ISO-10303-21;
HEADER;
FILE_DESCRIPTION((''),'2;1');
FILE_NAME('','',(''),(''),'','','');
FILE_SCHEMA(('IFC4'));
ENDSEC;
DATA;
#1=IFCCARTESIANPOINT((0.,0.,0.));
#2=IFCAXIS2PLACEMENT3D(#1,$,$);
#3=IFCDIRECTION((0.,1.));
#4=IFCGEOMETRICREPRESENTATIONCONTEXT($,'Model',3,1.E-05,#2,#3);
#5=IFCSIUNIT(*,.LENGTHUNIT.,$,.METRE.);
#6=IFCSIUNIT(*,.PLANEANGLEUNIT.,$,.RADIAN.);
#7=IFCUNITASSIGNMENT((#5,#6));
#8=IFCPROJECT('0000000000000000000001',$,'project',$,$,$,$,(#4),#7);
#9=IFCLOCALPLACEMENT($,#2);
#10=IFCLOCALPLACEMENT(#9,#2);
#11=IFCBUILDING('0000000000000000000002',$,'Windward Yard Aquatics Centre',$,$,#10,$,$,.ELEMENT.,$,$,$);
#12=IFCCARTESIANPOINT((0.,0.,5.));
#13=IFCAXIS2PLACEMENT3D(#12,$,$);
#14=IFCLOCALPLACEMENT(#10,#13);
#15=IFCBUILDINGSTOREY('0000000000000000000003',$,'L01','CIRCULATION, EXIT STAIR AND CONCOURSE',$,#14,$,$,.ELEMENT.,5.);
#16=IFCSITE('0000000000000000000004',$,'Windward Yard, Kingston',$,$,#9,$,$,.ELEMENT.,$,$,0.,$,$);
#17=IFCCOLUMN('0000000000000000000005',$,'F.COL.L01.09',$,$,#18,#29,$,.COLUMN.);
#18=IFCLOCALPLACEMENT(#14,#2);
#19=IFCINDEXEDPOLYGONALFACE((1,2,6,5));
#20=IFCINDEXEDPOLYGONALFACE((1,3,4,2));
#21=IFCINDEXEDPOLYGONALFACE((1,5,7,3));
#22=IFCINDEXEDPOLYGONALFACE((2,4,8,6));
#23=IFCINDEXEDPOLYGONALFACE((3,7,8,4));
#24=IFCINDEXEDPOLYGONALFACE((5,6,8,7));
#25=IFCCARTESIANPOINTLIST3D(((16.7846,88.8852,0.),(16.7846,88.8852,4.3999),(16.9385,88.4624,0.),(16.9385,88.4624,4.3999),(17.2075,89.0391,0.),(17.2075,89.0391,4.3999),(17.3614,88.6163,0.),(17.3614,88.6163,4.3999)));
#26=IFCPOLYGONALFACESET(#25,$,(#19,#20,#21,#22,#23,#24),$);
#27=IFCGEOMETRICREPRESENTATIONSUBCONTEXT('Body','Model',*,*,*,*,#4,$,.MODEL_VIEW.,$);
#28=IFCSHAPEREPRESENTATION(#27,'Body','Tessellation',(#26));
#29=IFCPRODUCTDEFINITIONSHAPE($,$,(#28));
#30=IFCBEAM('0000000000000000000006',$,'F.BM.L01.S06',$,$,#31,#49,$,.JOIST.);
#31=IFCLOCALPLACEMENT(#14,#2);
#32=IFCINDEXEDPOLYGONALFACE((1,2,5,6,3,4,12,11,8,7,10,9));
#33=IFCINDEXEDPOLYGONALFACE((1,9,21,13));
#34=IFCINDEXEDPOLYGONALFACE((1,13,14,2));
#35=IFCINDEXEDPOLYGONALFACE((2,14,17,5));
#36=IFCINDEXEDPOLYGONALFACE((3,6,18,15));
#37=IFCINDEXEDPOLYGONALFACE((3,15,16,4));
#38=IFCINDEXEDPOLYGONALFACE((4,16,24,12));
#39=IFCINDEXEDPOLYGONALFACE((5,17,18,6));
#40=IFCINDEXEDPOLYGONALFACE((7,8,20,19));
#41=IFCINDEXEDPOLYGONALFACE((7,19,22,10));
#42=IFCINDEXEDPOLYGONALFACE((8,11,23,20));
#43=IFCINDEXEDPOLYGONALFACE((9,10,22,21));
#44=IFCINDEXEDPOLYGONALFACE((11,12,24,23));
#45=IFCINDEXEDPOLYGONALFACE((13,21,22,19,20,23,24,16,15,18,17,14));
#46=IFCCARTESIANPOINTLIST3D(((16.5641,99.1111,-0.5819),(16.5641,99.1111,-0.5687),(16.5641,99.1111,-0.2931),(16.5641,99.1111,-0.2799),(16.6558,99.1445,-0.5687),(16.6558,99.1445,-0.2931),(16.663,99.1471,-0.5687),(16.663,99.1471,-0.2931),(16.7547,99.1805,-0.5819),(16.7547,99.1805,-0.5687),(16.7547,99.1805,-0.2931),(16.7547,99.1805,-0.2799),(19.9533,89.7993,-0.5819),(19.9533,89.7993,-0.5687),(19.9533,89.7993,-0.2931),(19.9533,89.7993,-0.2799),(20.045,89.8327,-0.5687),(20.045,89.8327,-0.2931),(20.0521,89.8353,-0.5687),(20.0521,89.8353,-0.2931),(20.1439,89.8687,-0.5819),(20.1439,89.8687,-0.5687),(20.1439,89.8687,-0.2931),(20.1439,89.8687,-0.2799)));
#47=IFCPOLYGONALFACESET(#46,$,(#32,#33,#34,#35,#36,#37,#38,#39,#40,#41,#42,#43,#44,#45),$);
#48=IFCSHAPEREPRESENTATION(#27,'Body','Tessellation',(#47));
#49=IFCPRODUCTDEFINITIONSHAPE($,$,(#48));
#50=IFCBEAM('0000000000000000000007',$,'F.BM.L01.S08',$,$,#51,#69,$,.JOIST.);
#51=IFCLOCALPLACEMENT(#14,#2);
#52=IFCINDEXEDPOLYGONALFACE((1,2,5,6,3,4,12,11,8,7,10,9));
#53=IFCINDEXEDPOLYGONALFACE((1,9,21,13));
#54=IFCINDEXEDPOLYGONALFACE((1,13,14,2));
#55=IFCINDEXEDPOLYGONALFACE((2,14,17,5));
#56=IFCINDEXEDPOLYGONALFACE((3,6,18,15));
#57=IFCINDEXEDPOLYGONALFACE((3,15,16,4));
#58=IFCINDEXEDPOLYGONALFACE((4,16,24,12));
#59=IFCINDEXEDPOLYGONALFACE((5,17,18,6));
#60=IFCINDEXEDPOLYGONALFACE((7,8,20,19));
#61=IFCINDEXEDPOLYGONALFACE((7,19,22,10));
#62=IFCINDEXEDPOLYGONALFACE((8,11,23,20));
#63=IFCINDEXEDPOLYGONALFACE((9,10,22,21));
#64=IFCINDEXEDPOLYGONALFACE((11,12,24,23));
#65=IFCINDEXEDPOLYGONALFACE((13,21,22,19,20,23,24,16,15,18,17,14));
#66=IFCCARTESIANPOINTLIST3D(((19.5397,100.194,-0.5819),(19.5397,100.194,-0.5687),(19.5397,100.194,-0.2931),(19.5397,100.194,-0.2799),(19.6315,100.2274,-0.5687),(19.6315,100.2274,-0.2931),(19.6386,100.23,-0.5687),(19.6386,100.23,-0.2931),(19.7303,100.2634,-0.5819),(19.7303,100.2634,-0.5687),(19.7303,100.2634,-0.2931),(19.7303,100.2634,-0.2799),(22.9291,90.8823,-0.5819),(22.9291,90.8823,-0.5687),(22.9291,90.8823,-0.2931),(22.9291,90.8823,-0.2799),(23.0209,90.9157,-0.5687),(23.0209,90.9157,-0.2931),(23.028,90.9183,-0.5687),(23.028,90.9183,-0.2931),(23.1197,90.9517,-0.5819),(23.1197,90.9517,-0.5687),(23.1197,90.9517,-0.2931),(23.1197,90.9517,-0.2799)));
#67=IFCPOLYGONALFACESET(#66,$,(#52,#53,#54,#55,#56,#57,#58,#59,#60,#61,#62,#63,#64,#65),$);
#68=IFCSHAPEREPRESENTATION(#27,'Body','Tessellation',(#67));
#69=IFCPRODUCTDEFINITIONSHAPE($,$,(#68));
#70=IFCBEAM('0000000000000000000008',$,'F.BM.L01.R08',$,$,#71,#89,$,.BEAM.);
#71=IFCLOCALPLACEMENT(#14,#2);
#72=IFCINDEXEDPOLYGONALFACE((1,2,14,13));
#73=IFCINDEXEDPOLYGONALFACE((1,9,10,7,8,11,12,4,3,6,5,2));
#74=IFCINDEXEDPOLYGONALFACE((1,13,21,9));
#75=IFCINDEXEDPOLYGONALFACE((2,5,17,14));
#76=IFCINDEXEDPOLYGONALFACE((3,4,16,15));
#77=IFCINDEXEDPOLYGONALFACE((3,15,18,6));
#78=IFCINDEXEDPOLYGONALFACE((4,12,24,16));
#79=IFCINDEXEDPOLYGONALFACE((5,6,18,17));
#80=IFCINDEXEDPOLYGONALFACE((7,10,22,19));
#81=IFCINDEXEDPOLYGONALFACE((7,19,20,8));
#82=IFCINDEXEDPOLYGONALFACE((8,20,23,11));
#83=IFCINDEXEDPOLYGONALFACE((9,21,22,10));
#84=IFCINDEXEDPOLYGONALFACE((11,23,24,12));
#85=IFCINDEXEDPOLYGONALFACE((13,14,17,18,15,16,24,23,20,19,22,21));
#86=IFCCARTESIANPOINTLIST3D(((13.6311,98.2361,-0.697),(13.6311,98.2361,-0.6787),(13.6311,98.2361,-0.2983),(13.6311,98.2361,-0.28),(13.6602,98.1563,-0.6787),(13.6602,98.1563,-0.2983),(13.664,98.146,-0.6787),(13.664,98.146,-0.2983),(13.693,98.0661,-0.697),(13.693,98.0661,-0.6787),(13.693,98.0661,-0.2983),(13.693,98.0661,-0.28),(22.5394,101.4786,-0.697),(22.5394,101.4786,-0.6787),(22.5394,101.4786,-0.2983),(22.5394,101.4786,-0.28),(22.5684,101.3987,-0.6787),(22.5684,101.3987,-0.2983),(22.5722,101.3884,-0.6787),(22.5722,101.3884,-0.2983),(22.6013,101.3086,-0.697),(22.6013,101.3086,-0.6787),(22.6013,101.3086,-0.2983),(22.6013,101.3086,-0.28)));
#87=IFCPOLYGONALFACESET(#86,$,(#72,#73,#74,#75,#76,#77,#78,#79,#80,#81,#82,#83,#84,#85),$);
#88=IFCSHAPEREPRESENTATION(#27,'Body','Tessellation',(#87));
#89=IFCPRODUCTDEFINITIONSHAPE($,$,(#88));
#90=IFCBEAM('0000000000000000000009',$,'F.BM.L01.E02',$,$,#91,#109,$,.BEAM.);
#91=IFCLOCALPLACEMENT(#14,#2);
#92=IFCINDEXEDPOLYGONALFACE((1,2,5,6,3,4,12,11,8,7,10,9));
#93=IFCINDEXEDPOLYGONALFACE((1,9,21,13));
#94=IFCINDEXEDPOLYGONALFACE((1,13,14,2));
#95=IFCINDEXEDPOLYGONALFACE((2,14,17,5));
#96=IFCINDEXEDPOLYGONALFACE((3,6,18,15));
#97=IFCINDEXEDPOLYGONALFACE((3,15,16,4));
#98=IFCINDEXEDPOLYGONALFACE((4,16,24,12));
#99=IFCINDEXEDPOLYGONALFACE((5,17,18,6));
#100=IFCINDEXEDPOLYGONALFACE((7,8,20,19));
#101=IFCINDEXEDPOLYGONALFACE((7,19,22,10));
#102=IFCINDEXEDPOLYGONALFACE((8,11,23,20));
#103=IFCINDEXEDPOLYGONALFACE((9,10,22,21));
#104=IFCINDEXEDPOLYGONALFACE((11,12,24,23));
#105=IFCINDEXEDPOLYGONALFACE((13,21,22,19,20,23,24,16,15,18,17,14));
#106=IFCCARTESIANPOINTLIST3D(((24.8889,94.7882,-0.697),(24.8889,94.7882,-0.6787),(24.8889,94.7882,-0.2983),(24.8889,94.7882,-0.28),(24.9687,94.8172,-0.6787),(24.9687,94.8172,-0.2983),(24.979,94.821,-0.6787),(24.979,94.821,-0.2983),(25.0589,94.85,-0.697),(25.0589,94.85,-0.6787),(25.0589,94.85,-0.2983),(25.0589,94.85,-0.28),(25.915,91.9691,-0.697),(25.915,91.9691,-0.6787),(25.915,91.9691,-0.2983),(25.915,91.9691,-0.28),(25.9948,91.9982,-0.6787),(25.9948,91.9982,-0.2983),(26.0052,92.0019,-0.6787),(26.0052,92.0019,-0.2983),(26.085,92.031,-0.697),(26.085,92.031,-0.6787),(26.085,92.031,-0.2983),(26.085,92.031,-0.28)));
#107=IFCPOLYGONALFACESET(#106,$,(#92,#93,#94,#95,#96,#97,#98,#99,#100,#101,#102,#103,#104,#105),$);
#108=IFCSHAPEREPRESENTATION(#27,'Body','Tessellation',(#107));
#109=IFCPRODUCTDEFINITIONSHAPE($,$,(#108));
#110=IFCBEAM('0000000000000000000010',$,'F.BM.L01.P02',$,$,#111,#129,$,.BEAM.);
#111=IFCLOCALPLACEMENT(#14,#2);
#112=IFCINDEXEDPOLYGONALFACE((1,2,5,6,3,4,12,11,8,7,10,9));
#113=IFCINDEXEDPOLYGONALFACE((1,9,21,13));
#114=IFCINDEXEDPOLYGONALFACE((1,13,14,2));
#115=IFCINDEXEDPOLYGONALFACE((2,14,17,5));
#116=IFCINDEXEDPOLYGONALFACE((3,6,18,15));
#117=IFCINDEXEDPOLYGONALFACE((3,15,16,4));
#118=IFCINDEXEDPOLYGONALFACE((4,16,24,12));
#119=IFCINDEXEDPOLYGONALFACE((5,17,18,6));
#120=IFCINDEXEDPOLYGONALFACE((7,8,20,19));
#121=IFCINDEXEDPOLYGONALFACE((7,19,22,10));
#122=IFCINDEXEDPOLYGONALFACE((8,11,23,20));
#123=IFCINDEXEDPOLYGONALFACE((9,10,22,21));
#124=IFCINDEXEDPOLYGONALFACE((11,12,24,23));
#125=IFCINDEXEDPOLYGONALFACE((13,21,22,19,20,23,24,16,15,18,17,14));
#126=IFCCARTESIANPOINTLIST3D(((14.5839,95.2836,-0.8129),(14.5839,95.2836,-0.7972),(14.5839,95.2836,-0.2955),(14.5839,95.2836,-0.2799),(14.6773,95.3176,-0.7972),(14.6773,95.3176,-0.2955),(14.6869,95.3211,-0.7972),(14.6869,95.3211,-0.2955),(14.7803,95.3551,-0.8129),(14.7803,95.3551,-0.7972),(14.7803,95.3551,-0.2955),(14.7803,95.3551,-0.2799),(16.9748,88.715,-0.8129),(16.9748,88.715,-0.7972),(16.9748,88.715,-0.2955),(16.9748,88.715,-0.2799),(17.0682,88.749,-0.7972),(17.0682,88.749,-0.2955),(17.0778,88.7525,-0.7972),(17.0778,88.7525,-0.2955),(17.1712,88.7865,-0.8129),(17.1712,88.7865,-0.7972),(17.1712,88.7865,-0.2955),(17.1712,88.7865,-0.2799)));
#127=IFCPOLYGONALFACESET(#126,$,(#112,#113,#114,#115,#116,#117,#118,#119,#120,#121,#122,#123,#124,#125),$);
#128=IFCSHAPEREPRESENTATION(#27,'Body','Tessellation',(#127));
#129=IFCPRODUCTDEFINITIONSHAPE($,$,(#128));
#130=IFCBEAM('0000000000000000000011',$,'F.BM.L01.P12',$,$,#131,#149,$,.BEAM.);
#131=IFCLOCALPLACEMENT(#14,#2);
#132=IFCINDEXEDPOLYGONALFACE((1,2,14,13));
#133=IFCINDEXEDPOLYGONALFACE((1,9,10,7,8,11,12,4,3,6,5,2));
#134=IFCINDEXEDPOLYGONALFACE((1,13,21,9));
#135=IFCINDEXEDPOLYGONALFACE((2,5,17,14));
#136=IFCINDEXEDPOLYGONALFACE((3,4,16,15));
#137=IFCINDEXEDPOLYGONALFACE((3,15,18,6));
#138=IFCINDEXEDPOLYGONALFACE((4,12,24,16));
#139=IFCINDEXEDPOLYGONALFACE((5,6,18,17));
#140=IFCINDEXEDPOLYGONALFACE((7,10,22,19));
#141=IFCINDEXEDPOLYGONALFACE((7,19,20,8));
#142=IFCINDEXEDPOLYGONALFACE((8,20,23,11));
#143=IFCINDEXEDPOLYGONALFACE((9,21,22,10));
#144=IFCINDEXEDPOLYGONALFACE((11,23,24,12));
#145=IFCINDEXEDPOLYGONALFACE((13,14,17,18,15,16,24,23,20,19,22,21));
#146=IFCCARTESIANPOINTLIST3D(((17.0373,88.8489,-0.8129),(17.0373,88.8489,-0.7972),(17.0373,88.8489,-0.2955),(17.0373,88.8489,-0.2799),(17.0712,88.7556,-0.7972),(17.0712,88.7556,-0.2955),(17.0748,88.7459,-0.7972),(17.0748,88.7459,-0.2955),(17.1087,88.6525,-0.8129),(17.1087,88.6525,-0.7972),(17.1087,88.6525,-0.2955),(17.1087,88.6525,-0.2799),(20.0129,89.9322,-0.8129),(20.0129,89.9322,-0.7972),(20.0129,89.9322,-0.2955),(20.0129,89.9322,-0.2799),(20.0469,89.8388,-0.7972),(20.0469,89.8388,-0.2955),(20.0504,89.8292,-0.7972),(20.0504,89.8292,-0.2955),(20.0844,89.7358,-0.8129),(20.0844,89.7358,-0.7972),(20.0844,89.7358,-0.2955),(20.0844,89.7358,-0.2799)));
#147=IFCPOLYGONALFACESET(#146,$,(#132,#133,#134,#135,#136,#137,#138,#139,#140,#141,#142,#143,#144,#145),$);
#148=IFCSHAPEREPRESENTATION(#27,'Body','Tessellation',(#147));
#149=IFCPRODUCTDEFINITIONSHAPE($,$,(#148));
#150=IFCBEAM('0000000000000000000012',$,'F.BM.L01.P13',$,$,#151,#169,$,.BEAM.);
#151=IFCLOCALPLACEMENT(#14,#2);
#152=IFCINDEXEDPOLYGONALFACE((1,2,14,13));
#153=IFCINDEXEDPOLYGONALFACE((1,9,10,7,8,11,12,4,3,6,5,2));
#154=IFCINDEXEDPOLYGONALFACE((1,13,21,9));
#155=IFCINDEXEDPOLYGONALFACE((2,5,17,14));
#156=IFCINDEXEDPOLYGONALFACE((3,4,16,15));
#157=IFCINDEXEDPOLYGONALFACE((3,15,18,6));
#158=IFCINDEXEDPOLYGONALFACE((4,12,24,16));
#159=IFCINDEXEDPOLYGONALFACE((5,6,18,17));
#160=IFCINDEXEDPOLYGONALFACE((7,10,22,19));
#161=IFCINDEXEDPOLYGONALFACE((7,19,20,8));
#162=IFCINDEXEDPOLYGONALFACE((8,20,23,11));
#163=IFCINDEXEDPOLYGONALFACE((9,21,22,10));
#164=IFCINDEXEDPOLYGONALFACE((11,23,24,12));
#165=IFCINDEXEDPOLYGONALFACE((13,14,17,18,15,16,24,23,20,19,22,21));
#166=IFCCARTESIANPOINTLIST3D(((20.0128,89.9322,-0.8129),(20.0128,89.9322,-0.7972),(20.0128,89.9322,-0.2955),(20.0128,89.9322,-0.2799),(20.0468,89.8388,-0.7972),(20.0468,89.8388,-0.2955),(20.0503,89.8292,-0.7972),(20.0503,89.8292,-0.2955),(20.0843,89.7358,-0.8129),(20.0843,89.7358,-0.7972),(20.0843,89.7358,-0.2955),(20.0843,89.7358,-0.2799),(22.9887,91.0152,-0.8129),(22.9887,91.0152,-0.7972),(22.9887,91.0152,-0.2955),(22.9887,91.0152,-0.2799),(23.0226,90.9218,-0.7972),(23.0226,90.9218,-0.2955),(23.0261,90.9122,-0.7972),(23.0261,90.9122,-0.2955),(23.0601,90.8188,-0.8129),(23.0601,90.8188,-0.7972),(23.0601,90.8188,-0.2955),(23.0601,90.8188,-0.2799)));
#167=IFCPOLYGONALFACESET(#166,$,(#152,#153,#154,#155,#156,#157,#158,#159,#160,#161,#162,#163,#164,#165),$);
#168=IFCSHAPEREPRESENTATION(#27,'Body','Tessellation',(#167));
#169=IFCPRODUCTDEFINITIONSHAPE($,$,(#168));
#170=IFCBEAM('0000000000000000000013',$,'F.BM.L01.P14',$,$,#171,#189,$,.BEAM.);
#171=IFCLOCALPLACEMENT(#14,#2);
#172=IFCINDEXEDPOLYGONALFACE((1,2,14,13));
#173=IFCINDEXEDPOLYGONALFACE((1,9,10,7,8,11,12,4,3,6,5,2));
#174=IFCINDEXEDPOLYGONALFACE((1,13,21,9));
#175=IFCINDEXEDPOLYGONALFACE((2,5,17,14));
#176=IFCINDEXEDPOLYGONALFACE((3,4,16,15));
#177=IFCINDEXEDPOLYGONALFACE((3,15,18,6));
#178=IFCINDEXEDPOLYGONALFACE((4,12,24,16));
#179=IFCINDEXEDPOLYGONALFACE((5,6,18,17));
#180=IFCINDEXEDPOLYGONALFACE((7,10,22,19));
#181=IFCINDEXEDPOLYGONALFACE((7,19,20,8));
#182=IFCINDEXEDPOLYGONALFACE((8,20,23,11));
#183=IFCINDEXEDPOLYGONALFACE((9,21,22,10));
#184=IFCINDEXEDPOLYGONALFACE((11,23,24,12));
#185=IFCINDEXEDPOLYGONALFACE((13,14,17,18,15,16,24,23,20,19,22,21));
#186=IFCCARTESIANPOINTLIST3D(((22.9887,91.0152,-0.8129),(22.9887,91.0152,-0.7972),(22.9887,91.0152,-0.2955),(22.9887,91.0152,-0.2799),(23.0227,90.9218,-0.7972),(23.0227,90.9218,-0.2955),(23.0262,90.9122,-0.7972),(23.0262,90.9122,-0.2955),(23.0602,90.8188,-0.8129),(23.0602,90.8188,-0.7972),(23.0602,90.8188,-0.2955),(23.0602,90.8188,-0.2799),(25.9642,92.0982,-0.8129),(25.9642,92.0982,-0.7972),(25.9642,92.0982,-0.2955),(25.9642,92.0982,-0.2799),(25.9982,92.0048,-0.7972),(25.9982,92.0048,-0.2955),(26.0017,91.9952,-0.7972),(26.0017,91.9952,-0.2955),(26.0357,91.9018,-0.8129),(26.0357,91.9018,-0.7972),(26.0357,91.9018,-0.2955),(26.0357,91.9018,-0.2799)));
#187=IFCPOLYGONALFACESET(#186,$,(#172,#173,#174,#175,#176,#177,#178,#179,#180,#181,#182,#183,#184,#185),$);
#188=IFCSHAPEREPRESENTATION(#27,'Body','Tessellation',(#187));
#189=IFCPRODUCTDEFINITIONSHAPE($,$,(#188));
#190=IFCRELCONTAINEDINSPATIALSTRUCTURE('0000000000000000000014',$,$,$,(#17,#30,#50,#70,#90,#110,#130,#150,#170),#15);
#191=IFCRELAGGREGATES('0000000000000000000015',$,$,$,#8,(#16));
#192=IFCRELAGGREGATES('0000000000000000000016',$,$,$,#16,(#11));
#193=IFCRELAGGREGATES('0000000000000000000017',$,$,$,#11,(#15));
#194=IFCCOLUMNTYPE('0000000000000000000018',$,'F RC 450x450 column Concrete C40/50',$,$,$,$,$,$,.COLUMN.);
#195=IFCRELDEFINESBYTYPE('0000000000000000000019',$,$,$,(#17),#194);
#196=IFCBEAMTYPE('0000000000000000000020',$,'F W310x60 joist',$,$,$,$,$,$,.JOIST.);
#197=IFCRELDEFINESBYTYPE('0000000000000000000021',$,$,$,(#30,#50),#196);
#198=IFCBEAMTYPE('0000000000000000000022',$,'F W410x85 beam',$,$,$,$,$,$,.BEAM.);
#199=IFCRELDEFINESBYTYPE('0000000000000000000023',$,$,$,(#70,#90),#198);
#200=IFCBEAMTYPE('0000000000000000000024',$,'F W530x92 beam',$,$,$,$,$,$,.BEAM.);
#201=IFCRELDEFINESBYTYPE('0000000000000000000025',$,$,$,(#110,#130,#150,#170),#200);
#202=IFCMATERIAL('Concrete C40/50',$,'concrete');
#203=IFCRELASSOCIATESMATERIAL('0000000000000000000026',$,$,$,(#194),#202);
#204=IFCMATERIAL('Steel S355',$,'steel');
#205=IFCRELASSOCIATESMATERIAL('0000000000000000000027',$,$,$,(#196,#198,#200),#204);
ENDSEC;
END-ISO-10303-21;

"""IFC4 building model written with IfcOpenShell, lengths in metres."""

from ifc_helpers import new_model, si_unit, direction, frame, origin, origin_2d, place, context, subcontext, project, spatial, rectangle, i_section, extrude, material, material_profile, profile_set, type_object, element, save


model = new_model("IFC4")

# Units and contexts
model_context = context("Model", 3, precision=1e-05, world=origin(), true_north=direction((0.0, 1.0)))
body_context = subcontext(model_context, "Body", "Model", "MODEL_VIEW")
ifc_project = project(units=[si_unit("LENGTHUNIT", "METRE"), si_unit("PLANEANGLEUNIT", "RADIAN")], contexts=[model_context])

# Site, building, storey
site_placement = place(None, origin())
site = spatial("IfcSite", under=ifc_project, at=site_placement, Name="Windward Yard, Kingston", CompositionType="ELEMENT", RefElevation=0.0)
building_placement = place(site_placement, origin())
building = spatial("IfcBuilding", under=site, at=building_placement, Name="Windward Yard Aquatics Centre", CompositionType="ELEMENT")
storey_placement = place(building_placement, frame((0.0, 0.0, 5.0)))
storey = spatial("IfcBuildingStorey", under=building, at=storey_placement, Name="L01", Description="CIRCULATION, EXIT STAIR AND CONCOURSE", CompositionType="ELEMENT", Elevation=5.0)

# Column
ifc_material_1 = material(Name="Concrete C40/50", Category="concrete")
ifc_material_profile_1 = material_profile(ifc_material_1, rectangle(XDim=0.45, YDim=0.45, at=origin_2d()), Name="RC 450x450")
ifc_profile_set_1 = profile_set([ifc_material_profile_1], Name="Concrete C40/50")
column_type = type_object("IfcColumnType", Name="F RC 450x450 column Concrete C40/50", PredefinedType="COLUMN", material=ifc_profile_set_1)
column_placement = place(storey_placement, frame((17.073, 88.7507, 0.0), z_axis=(0.0, 0.0, 1.0), x_axis=(0.939693, 0.34202, 0.0)))
element("IfcColumn", 1, at=column_placement, inside=storey, type_object=column_type, Name="F.COL.L01.09", PredefinedType="COLUMN", context=body_context, shape_type="SweptSolid", body=[
    extrude(rectangle(XDim=0.45, YDim=0.45, at=origin_2d()), origin(), (0.0, 0.0, 1.0), 4.3999),
])

# Beams
ifc_material_2 = material(Name="Steel S355", Category="steel")
ifc_material_profile_2 = material_profile(ifc_material_2, i_section(OverallWidth=0.2029, OverallDepth=0.302, WebThickness=0.0076, FlangeThickness=0.0132, at=origin_2d()), Name="W310x60")
ifc_profile_set_2 = profile_set([ifc_material_profile_2], Name="Steel S355")
beam_type_1 = type_object("IfcBeamType", Name="F W310x60 joist", PredefinedType="JOIST", material=ifc_profile_set_2)
for number, where, z_axis, x_axis, name in (
    (2, (20.0486, 89.834, -0.4309), (-0.342016, 0.939694, 0.0), (-0.939694, -0.342016, 0.0), "F.BM.L01.S06"),
    (3, (23.0244, 90.917, -0.4309), (-0.342038, 0.939686, 0.0), (-0.939686, -0.342038, 0.0), "F.BM.L01.S08"),
):
    element("IfcBeam", number, at=place(storey_placement, frame(where, z_axis=z_axis, x_axis=x_axis)), inside=storey, type_object=beam_type_1, Name=name, PredefinedType="JOIST", context=body_context, shape_type="SweptSolid", body=[
        extrude(i_section(OverallWidth=0.2029, OverallDepth=0.302, WebThickness=0.0076, FlangeThickness=0.0132, at=origin_2d()), origin(), (0.0, 0.0, 1.0), 9.9094),
    ])
ifc_material_profile_3 = material_profile(ifc_material_2, i_section(OverallWidth=0.1809, OverallDepth=0.417, WebThickness=0.011, FlangeThickness=0.0183, at=origin_2d()), Name="W410x85")
ifc_profile_set_3 = profile_set([ifc_material_profile_3], Name="Steel S355")
beam_type_2 = type_object("IfcBeamType", Name="F W410x85 beam", PredefinedType="BEAM", material=ifc_profile_set_3)
beam_1_placement = place(storey_placement, frame((22.5703, 101.3936, -0.4885), z_axis=(-0.939689, -0.34203, 0.0), x_axis=(0.34203, -0.939689, 0.0)))
element("IfcBeam", 4, at=beam_1_placement, inside=storey, type_object=beam_type_2, Name="F.BM.L01.R08", PredefinedType="BEAM", context=body_context, shape_type="SweptSolid", body=[
    extrude(i_section(OverallWidth=0.1809, OverallDepth=0.417, WebThickness=0.011, FlangeThickness=0.0183, at=origin_2d()), origin(), (0.0, 0.0, 1.0), 9.48),
])
beam_2_placement = place(storey_placement, frame((24.9739, 94.8191, -0.4885), z_axis=(0.342037, -0.939686, 0.0), x_axis=(0.939686, 0.342037, 0.0)))
element("IfcBeam", 5, at=beam_2_placement, inside=storey, type_object=beam_type_2, Name="F.BM.L01.E02", PredefinedType="BEAM", context=body_context, shape_type="SweptSolid", body=[
    extrude(i_section(OverallWidth=0.1809, OverallDepth=0.417, WebThickness=0.011, FlangeThickness=0.0183, at=origin_2d()), origin(), (0.0, 0.0, 1.0), 3.0),
])
ifc_material_profile_4 = material_profile(ifc_material_2, i_section(OverallWidth=0.209, OverallDepth=0.533, WebThickness=0.0103, FlangeThickness=0.0156, at=origin_2d()), Name="W530x92")
ifc_profile_set_4 = profile_set([ifc_material_profile_4], Name="Steel S355")
beam_type_3 = type_object("IfcBeamType", Name="F W530x92 beam", PredefinedType="BEAM", material=ifc_profile_set_4)
beam_3_placement = place(storey_placement, frame((17.073, 88.7507, -0.5464), z_axis=(-0.342032, 0.939688, 0.0), x_axis=(-0.939688, -0.342032, 0.0)))
element("IfcBeam", 6, at=beam_3_placement, inside=storey, type_object=beam_type_3, Name="F.BM.L01.P02", PredefinedType="BEAM", context=body_context, shape_type="SweptSolid", body=[
    extrude(i_section(OverallWidth=0.209, OverallDepth=0.533, WebThickness=0.0103, FlangeThickness=0.0156, at=origin_2d()), origin(), (0.0, 0.0, 1.0), 6.9902),
])
for number, where, z_axis, x_axis, name in (
    (7, (17.073, 88.7507, -0.5464), (0.93967, 0.342084, 0.0), (-0.342084, 0.93967, 0.0), "F.BM.L01.P12"),
    (8, (20.0486, 89.834, -0.5464), (0.939703, 0.341991, 0.0), (-0.341991, 0.939703, 0.0), "F.BM.L01.P13"),
):
    element("IfcBeam", number, at=place(storey_placement, frame(where, z_axis=z_axis, x_axis=x_axis)), inside=storey, type_object=beam_type_3, Name=name, PredefinedType="BEAM", context=body_context, shape_type="SweptSolid", body=[
        extrude(i_section(OverallWidth=0.209, OverallDepth=0.533, WebThickness=0.0103, FlangeThickness=0.0156, at=origin_2d()), origin(), (0.0, 0.0, 1.0), 3.1667),
    ])
beam_4_placement = place(storey_placement, frame((23.0244, 90.917, -0.5464), z_axis=(0.939694, 0.342015, 0.0), x_axis=(-0.342015, 0.939694, 0.0)))
element("IfcBeam", 9, at=beam_4_placement, inside=storey, type_object=beam_type_3, Name="F.BM.L01.P14", PredefinedType="BEAM", context=body_context, shape_type="SweptSolid", body=[
    extrude(i_section(OverallWidth=0.209, OverallDepth=0.533, WebThickness=0.0103, FlangeThickness=0.0156, at=origin_2d()), origin(), (0.0, 0.0, 1.0), 3.1665),
])

save(model, "model.ifc")
